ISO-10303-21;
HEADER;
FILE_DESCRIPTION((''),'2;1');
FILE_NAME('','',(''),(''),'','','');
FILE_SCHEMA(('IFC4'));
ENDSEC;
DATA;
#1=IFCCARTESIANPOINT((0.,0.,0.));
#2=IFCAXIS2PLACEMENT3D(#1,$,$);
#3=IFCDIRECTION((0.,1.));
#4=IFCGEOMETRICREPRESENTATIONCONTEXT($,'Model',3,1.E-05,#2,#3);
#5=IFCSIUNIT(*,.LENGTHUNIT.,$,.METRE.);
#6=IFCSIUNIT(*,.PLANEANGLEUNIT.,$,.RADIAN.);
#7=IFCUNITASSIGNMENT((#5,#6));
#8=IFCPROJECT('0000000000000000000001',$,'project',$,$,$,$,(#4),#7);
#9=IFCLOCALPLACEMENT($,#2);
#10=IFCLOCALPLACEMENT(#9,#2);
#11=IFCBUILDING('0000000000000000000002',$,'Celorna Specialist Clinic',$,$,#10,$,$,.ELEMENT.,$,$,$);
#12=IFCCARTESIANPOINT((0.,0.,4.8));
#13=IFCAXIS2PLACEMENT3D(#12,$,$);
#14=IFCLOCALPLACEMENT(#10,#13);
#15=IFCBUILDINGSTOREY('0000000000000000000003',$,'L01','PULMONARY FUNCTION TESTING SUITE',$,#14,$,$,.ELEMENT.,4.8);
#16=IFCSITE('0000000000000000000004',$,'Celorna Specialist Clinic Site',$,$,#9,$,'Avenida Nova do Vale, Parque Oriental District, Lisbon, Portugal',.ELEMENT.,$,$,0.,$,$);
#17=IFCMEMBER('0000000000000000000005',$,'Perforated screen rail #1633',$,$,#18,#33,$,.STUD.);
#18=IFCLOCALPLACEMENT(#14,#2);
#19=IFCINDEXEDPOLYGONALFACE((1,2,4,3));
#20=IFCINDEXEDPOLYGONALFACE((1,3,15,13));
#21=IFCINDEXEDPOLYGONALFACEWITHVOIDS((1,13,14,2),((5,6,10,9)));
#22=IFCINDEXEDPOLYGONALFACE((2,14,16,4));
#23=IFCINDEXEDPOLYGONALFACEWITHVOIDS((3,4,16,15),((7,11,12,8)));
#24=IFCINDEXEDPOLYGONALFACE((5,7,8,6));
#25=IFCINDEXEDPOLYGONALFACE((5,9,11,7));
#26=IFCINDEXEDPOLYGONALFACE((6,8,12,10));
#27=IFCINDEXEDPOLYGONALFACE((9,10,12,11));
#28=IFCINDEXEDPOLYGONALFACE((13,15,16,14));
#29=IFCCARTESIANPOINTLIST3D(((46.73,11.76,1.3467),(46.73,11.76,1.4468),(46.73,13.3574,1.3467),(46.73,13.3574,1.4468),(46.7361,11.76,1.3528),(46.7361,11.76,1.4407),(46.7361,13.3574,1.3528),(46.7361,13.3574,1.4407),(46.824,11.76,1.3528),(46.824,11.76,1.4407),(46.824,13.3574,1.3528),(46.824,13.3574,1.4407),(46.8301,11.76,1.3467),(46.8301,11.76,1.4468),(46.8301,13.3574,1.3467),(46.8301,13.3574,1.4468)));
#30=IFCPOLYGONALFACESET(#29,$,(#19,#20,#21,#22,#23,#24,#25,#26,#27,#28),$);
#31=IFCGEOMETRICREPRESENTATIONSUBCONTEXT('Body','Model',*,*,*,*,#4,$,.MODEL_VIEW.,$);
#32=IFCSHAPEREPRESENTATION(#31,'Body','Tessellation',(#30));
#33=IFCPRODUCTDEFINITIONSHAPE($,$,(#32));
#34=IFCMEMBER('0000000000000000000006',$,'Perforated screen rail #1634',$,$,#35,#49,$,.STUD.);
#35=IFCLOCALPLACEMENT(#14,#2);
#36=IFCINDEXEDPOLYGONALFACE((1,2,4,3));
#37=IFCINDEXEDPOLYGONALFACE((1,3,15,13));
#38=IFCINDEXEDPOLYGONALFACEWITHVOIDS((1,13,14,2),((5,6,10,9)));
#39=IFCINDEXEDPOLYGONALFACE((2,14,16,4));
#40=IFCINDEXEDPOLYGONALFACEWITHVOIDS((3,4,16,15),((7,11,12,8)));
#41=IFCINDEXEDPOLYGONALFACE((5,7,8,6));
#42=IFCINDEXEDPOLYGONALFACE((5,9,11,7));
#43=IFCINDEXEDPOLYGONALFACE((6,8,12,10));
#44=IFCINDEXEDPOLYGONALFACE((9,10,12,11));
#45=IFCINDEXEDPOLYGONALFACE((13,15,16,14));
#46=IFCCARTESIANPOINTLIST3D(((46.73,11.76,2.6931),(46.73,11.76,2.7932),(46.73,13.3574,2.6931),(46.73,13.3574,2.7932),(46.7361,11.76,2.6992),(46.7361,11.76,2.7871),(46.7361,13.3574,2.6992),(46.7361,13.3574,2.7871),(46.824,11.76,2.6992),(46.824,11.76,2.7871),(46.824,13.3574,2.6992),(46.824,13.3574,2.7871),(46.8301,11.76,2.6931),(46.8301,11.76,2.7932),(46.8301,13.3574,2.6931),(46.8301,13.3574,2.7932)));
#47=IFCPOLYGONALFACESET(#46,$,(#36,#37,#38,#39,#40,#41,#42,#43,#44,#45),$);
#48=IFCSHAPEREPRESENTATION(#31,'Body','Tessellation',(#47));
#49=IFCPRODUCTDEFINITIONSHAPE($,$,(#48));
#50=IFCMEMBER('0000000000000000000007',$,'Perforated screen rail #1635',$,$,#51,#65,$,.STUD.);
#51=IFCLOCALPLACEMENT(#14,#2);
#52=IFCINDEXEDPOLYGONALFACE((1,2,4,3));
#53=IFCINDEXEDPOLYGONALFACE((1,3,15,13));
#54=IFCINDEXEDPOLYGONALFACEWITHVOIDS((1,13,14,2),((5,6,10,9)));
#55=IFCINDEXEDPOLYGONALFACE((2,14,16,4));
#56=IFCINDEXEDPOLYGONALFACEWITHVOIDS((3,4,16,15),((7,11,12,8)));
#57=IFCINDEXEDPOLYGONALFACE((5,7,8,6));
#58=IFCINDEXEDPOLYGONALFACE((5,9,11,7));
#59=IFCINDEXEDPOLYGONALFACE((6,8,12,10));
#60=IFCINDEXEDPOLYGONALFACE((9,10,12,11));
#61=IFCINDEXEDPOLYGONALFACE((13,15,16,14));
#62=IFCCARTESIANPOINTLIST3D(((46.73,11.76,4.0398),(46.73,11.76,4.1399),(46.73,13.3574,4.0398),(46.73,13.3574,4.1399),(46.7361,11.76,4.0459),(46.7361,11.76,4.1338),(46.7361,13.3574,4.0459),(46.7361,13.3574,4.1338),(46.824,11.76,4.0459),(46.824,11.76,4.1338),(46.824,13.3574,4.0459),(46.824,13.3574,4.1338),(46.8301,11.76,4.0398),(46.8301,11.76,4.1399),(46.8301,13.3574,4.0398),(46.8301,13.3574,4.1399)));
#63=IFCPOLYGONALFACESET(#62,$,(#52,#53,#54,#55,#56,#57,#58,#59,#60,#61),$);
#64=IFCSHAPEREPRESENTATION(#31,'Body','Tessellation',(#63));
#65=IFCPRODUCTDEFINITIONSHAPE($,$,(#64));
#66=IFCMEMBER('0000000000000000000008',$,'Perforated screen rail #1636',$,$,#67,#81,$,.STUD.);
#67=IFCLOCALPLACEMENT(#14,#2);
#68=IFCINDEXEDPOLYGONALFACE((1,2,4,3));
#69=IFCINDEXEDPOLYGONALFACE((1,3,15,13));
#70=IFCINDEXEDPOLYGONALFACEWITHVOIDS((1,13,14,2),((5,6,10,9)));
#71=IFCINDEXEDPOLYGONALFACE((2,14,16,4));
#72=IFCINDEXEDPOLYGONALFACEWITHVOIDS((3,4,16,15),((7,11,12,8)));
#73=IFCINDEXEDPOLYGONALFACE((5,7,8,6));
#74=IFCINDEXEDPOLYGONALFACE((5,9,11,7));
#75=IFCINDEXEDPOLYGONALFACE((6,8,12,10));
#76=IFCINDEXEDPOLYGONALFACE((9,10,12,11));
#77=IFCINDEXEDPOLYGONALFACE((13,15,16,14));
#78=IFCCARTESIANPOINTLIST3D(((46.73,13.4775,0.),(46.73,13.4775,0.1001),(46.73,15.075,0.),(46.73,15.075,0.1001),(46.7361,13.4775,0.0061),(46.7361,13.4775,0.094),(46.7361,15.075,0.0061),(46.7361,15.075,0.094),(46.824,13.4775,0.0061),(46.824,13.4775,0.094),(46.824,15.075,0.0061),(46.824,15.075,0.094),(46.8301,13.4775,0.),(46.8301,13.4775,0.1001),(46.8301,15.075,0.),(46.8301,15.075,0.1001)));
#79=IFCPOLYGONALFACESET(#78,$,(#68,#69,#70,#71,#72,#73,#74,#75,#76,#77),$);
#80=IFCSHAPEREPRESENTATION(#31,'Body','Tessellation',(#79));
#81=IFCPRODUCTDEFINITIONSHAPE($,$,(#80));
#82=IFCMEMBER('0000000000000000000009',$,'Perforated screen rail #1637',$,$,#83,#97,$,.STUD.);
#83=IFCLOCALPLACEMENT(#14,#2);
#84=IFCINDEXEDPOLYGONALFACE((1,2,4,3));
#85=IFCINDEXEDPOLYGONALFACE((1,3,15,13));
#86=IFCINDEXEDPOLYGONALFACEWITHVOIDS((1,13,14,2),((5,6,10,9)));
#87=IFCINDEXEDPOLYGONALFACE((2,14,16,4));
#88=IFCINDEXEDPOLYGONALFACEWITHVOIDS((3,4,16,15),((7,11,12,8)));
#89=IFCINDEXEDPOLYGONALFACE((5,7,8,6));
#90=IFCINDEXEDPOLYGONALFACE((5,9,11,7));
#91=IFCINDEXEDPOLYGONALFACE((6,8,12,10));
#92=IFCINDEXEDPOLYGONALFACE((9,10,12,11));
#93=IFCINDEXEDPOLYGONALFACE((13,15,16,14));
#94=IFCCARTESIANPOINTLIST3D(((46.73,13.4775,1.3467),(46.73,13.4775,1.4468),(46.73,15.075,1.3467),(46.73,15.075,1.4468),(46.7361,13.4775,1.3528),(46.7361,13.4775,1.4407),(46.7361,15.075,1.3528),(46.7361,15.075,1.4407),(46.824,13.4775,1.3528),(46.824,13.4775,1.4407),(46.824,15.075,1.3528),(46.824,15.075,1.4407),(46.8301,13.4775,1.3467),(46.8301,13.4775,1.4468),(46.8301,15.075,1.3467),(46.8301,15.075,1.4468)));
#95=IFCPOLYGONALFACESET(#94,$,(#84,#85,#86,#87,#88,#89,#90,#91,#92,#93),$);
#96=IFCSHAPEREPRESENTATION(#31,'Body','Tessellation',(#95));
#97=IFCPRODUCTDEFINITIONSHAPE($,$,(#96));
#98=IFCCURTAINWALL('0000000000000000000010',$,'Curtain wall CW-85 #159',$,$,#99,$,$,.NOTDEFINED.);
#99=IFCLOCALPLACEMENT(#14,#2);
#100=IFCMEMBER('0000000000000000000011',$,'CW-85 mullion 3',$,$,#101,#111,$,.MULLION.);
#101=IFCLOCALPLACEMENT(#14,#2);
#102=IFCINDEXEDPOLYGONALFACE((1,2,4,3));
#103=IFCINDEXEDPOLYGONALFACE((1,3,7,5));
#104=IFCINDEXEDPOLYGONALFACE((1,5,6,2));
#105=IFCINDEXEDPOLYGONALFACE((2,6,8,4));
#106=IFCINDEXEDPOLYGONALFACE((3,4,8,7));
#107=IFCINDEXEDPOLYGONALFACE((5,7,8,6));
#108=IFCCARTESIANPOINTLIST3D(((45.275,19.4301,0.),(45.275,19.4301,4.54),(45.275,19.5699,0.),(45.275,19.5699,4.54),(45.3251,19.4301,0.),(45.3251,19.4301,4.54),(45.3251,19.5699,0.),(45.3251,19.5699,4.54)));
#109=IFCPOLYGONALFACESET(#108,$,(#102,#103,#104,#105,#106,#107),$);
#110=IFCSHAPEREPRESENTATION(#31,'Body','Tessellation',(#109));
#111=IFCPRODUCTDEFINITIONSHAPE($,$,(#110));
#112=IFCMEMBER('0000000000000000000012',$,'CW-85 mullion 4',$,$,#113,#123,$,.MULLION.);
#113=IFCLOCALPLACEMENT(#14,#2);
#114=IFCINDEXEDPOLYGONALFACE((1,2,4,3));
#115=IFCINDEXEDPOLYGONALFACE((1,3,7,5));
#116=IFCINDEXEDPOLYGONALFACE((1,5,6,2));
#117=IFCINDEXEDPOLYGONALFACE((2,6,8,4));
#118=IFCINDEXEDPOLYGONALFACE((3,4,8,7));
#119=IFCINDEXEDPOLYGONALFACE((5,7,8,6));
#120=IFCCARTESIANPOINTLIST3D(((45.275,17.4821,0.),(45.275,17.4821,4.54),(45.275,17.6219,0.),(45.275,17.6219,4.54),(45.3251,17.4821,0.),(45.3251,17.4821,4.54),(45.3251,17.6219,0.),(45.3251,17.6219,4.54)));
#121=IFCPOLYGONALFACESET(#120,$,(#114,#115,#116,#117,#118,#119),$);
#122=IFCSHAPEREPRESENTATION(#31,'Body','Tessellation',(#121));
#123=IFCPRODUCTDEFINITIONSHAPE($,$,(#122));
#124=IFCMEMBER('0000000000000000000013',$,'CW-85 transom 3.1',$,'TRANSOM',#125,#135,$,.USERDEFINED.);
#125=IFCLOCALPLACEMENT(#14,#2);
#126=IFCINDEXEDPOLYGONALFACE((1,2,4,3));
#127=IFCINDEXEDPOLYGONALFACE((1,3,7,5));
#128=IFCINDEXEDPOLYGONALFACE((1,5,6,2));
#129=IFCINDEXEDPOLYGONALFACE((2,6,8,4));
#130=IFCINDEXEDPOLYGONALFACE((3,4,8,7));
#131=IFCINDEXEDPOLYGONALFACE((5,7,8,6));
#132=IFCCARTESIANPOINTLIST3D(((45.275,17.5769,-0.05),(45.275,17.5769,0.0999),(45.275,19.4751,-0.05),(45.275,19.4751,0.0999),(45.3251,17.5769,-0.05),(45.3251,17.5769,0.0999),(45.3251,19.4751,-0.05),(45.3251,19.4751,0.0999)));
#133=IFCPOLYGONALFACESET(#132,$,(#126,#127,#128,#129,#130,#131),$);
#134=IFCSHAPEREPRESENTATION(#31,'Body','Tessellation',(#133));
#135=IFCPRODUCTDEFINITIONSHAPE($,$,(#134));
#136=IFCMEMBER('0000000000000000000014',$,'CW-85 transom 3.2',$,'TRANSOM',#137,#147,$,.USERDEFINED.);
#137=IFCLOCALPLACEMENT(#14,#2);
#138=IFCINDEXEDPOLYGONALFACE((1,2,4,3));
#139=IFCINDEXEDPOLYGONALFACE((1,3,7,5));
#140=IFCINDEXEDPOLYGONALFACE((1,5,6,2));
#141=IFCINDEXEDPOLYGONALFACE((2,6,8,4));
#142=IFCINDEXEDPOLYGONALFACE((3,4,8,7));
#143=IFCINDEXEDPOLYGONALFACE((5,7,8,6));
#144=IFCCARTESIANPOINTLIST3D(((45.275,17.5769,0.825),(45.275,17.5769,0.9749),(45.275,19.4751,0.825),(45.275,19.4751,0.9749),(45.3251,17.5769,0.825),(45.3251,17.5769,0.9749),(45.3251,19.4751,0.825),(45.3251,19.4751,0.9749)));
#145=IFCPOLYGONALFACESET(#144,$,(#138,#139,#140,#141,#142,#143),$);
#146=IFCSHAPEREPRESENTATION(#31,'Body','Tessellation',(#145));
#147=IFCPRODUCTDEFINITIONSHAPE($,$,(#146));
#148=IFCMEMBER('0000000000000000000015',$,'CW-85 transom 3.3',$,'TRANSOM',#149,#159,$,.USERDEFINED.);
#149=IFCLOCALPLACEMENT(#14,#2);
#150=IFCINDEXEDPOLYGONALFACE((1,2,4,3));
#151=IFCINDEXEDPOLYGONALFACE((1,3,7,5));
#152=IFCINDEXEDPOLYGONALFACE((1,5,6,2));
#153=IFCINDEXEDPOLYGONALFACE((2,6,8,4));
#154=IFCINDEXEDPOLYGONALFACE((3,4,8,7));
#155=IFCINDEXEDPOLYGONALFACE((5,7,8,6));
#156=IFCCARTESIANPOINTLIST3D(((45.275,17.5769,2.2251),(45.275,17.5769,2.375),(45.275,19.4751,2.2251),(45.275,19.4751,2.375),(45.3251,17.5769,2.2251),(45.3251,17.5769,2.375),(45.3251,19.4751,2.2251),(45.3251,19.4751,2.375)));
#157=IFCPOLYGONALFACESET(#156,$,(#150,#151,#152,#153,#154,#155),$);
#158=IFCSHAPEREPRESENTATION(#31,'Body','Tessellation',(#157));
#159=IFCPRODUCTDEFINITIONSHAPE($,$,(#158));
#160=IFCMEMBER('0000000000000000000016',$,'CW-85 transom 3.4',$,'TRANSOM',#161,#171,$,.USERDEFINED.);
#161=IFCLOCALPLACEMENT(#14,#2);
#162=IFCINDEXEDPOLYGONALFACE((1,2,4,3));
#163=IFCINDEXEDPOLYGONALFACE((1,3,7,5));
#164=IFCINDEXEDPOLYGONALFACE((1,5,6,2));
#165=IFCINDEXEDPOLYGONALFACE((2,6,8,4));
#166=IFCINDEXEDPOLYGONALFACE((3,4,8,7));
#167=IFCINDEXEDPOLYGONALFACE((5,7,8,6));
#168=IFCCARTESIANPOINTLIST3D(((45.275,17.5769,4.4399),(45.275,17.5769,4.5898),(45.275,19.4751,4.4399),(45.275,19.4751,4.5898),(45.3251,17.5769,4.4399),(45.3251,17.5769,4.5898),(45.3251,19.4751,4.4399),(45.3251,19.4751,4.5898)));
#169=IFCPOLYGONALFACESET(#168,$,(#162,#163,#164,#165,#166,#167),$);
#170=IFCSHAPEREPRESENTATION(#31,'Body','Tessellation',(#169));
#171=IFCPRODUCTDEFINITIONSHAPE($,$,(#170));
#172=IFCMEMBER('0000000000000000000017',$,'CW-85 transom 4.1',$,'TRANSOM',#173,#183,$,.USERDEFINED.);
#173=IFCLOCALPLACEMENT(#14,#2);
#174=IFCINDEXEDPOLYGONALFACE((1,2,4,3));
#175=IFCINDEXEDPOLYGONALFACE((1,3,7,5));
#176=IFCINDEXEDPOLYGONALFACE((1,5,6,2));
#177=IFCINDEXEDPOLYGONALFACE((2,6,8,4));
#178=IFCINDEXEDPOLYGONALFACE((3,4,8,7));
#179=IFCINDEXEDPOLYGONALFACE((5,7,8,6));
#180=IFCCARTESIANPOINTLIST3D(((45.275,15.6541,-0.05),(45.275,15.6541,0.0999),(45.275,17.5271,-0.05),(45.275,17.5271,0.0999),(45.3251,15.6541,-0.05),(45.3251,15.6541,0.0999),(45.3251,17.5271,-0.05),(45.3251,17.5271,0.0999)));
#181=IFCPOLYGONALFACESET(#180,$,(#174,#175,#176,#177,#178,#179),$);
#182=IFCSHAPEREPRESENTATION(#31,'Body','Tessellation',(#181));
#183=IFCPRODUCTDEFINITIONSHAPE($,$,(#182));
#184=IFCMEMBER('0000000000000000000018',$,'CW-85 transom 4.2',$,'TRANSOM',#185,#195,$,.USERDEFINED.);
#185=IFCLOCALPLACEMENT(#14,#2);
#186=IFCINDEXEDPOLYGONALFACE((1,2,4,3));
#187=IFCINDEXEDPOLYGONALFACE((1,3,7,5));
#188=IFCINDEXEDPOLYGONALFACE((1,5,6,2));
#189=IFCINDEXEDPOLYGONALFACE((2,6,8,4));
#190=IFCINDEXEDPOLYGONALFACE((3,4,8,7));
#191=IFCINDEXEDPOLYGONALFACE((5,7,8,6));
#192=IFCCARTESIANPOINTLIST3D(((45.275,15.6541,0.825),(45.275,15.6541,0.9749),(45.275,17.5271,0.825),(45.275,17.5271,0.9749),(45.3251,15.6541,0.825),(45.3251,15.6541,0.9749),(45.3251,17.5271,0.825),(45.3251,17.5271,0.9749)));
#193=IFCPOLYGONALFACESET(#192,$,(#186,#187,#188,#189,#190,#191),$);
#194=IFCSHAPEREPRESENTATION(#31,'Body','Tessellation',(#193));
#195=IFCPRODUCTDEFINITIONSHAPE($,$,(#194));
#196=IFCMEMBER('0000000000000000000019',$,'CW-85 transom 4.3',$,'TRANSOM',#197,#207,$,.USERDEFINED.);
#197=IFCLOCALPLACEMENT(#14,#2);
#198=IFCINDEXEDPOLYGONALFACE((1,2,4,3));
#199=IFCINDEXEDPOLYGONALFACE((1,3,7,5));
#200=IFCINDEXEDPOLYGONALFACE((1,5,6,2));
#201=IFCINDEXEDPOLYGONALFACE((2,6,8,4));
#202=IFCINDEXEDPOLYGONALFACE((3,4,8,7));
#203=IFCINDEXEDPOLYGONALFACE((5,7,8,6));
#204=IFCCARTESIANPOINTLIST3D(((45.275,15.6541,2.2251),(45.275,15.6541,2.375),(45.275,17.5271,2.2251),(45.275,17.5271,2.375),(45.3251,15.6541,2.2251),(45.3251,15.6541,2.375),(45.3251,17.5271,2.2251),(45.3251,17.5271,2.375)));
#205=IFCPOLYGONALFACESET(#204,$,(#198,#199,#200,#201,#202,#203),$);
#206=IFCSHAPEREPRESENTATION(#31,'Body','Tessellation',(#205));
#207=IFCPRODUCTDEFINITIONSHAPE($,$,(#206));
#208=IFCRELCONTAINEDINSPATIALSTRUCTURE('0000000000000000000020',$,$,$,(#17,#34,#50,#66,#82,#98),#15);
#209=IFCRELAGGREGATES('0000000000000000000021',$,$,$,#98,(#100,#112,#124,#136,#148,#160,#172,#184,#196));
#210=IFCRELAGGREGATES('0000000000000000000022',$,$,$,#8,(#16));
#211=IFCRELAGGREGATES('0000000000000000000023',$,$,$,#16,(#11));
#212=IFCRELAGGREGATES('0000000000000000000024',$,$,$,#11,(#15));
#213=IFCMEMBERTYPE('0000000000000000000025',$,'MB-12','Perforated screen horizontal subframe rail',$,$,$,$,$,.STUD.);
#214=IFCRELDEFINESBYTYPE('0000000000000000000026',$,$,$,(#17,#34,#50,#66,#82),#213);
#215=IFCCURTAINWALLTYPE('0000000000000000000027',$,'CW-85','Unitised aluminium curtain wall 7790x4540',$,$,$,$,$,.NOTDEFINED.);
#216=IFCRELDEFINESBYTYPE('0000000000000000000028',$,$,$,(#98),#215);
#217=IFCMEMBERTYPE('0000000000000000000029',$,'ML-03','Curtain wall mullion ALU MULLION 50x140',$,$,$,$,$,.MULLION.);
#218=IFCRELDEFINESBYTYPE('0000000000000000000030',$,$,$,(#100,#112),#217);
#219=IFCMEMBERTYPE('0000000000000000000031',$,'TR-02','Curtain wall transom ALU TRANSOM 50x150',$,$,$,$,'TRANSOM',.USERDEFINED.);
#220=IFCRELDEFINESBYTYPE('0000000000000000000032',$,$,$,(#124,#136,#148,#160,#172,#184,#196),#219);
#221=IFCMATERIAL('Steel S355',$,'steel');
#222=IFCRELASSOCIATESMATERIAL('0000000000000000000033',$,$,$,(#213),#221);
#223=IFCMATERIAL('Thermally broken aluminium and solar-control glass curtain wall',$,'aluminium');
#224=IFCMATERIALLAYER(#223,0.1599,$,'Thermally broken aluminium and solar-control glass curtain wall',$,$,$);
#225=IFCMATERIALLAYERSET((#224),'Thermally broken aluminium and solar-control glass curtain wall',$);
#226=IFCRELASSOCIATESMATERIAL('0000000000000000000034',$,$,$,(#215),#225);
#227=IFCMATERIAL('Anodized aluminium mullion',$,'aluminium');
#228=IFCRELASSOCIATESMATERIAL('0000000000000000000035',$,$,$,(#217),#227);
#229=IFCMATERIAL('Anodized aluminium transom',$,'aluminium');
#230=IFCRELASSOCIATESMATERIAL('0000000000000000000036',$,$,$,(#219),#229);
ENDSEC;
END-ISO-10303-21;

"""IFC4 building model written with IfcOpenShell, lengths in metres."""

from ifc_helpers import new_model, si_unit, direction, frame, origin, origin_2d, place, context, subcontext, project, spatial, rectangle, hollow_rectangle, extrude, material, layer, layer_set, material_profile, profile_set, type_object, element, aggregate, save


model = new_model("IFC4")

# Units and contexts
model_context = context("Model", 3, precision=1e-05, world=origin(), true_north=direction((0.0, 1.0)))
body_context = subcontext(model_context, "Body", "Model", "MODEL_VIEW")
ifc_project = project(units=[si_unit("LENGTHUNIT", "METRE"), si_unit("PLANEANGLEUNIT", "RADIAN")], contexts=[model_context])

# Site, building, storey
site_placement = place(None, origin())
site = spatial("IfcSite", under=ifc_project, at=site_placement, Name="Celorna Specialist Clinic Site", LongName="Avenida Nova do Vale, Parque Oriental District, Lisbon, Portugal", CompositionType="ELEMENT", RefElevation=0.0)
building_placement = place(site_placement, origin())
building = spatial("IfcBuilding", under=site, at=building_placement, Name="Celorna Specialist Clinic", CompositionType="ELEMENT")
storey_placement = place(building_placement, frame((0.0, 0.0, 4.8)))
storey = spatial("IfcBuildingStorey", under=building, at=storey_placement, Name="L01", Description="PULMONARY FUNCTION TESTING SUITE", CompositionType="ELEMENT", Elevation=4.8)

# Members
ifc_material_1 = material(Name="Steel S355", Category="steel")
ifc_material_profile_1 = material_profile(ifc_material_1, hollow_rectangle(XDim=0.1001, YDim=0.1001, WallThickness=0.0061, at=origin_2d()), Name="SHS 100x100x6")
ifc_profile_set_1 = profile_set([ifc_material_profile_1], Name="Steel S355")
member_type_1 = type_object("IfcMemberType", Name="MB-12", Description="Perforated screen horizontal subframe rail", PredefinedType="STUD", material=ifc_profile_set_1)
for number, where, z_axis, x_axis, name in (
    (1, (46.78, 11.76, 1.3967), (0.0, 1.0, 0.0), (-1.0, 0.0, 0.0), "Perforated screen rail #1633"),
    (2, (46.78, 11.76, 2.7432), (0.0, 1.0, 0.0), (-1.0, 0.0, 0.0), "Perforated screen rail #1634"),
    (3, (46.78, 11.76, 4.0898), (0.0, 1.0, 0.0), (-1.0, 0.0, 0.0), "Perforated screen rail #1635"),
    (4, (46.78, 13.4775, 0.05), (0.0, 1.0, 0.0), (-1.0, 0.0, 0.0), "Perforated screen rail #1636"),
    (5, (46.78, 13.4775, 1.3967), (0.0, 1.0, 0.0), (-1.0, 0.0, 0.0), "Perforated screen rail #1637"),
):
    element("IfcMember", number, at=place(storey_placement, frame(where, z_axis=z_axis, x_axis=x_axis)), inside=storey, type_object=member_type_1, Name=name, PredefinedType="STUD", context=body_context, shape_type="SweptSolid", body=[
        extrude(hollow_rectangle(XDim=0.1001, YDim=0.1001, WallThickness=0.0061, at=origin_2d()), origin(), (0.0, 0.0, 1.0), 1.5974),
    ])

# Curtain wall, members
ifc_material_2 = material(Name="Thermally broken aluminium and solar-control glass curtain wall", Category="aluminium")
ifc_layer_1 = layer(ifc_material_2, 0.1599, Name="Thermally broken aluminium and solar-control glass curtain wall")
ifc_layer_set_1 = layer_set([ifc_layer_1], Name="Thermally broken aluminium and solar-control glass curtain wall")
curtain_wall_type = type_object("IfcCurtainWallType", Name="CW-85", Description="Unitised aluminium curtain wall 7790x4540", PredefinedType="NOTDEFINED", material=ifc_layer_set_1)
curtain_wall_placement = place(storey_placement, origin())
curtain_wall = element("IfcCurtainWall", 6, at=curtain_wall_placement, inside=storey, type_object=curtain_wall_type, Name="Curtain wall CW-85 #159", PredefinedType="NOTDEFINED")
ifc_material_3 = material(Name="Anodized aluminium mullion", Category="aluminium")
ifc_material_profile_2 = material_profile(ifc_material_3, rectangle(XDim=0.05, YDim=0.1399, at=origin_2d()), Name="ALU MULLION 50x140")
ifc_profile_set_2 = profile_set([ifc_material_profile_2], Name="Anodized aluminium mullion")
member_type_2 = type_object("IfcMemberType", Name="ML-03", Description="Curtain wall mullion ALU MULLION 50x140", PredefinedType="MULLION", material=ifc_profile_set_2)
member_1_placement = place(storey_placement, frame((45.3, 19.5, 0.0), z_axis=(0.0, 0.0, 1.0), x_axis=(1.0, 0.0, 0.0)))
member_1 = element("IfcMember", 7, at=member_1_placement, type_object=member_type_2, Name="CW-85 mullion 3", PredefinedType="MULLION", context=body_context, shape_type="SweptSolid", body=[
    extrude(rectangle(XDim=0.05, YDim=0.1399, at=origin_2d()), origin(), (0.0, 0.0, 1.0), 4.54),
])
member_2_placement = place(storey_placement, frame((45.3, 17.552, 0.0), z_axis=(0.0, 0.0, 1.0), x_axis=(1.0, 0.0, 0.0)))
member_2 = element("IfcMember", 8, at=member_2_placement, type_object=member_type_2, Name="CW-85 mullion 4", PredefinedType="MULLION", context=body_context, shape_type="SweptSolid", body=[
    extrude(rectangle(XDim=0.05, YDim=0.1399, at=origin_2d()), origin(), (0.0, 0.0, 1.0), 4.54),
])
ifc_material_4 = material(Name="Anodized aluminium transom", Category="aluminium")
ifc_material_profile_3 = material_profile(ifc_material_4, rectangle(XDim=0.05, YDim=0.1499, at=origin_2d()), Name="ALU TRANSOM 50x150")
ifc_profile_set_3 = profile_set([ifc_material_profile_3], Name="Anodized aluminium transom")
member_type_3 = type_object("IfcMemberType", Name="TR-02", Description="Curtain wall transom ALU TRANSOM 50x150", ElementType="TRANSOM", PredefinedType="USERDEFINED", material=ifc_profile_set_3)
member_3_placement = place(storey_placement, frame((45.3, 19.4751, 0.0249), z_axis=(0.0, -1.0, 0.0), x_axis=(1.0, 0.0, 0.0)))
member_3 = element("IfcMember", 9, at=member_3_placement, type_object=member_type_3, Name="CW-85 transom 3.1", ObjectType="TRANSOM", PredefinedType="USERDEFINED", context=body_context, shape_type="SweptSolid", body=[
    extrude(rectangle(XDim=0.05, YDim=0.1499, at=origin_2d()), origin(), (0.0, 0.0, 1.0), 1.8982),
])
member_4_placement = place(storey_placement, frame((45.3, 19.4751, 0.8999), z_axis=(0.0, -1.0, 0.0), x_axis=(1.0, 0.0, 0.0)))
member_4 = element("IfcMember", 10, at=member_4_placement, type_object=member_type_3, Name="CW-85 transom 3.2", ObjectType="TRANSOM", PredefinedType="USERDEFINED", context=body_context, shape_type="SweptSolid", body=[
    extrude(rectangle(XDim=0.05, YDim=0.1499, at=origin_2d()), origin(), (0.0, 0.0, 1.0), 1.8982),
])
member_5_placement = place(storey_placement, frame((45.3, 19.4751, 2.3), z_axis=(0.0, -1.0, 0.0), x_axis=(1.0, 0.0, 0.0)))
member_5 = element("IfcMember", 11, at=member_5_placement, type_object=member_type_3, Name="CW-85 transom 3.3", ObjectType="TRANSOM", PredefinedType="USERDEFINED", context=body_context, shape_type="SweptSolid", body=[
    extrude(rectangle(XDim=0.05, YDim=0.1499, at=origin_2d()), origin(), (0.0, 0.0, 1.0), 1.8982),
])
member_6_placement = place(storey_placement, frame((45.3, 19.4751, 4.5149), z_axis=(0.0, -1.0, 0.0), x_axis=(1.0, 0.0, 0.0)))
member_6 = element("IfcMember", 12, at=member_6_placement, type_object=member_type_3, Name="CW-85 transom 3.4", ObjectType="TRANSOM", PredefinedType="USERDEFINED", context=body_context, shape_type="SweptSolid", body=[
    extrude(rectangle(XDim=0.05, YDim=0.1499, at=origin_2d()), origin(), (0.0, 0.0, 1.0), 1.8982),
])
member_7_placement = place(storey_placement, frame((45.3, 17.5271, 0.0249), z_axis=(0.0, -1.0, 0.0), x_axis=(1.0, 0.0, 0.0)))
member_7 = element("IfcMember", 13, at=member_7_placement, type_object=member_type_3, Name="CW-85 transom 4.1", ObjectType="TRANSOM", PredefinedType="USERDEFINED", context=body_context, shape_type="SweptSolid", body=[
    extrude(rectangle(XDim=0.05, YDim=0.1499, at=origin_2d()), origin(), (0.0, 0.0, 1.0), 1.873),
])
member_8_placement = place(storey_placement, frame((45.3, 17.5271, 0.8999), z_axis=(0.0, -1.0, 0.0), x_axis=(1.0, 0.0, 0.0)))
member_8 = element("IfcMember", 14, at=member_8_placement, type_object=member_type_3, Name="CW-85 transom 4.2", ObjectType="TRANSOM", PredefinedType="USERDEFINED", context=body_context, shape_type="SweptSolid", body=[
    extrude(rectangle(XDim=0.05, YDim=0.1499, at=origin_2d()), origin(), (0.0, 0.0, 1.0), 1.873),
])
member_9_placement = place(storey_placement, frame((45.3, 17.5271, 2.3), z_axis=(0.0, -1.0, 0.0), x_axis=(1.0, 0.0, 0.0)))
member_9 = element("IfcMember", 15, at=member_9_placement, type_object=member_type_3, Name="CW-85 transom 4.3", ObjectType="TRANSOM", PredefinedType="USERDEFINED", context=body_context, shape_type="SweptSolid", body=[
    extrude(rectangle(XDim=0.05, YDim=0.1499, at=origin_2d()), origin(), (0.0, 0.0, 1.0), 1.873),
])
aggregate(curtain_wall, [member_1, member_2, member_3, member_4, member_5, member_6, member_7, member_8, member_9])

save(model, "model.ifc")
